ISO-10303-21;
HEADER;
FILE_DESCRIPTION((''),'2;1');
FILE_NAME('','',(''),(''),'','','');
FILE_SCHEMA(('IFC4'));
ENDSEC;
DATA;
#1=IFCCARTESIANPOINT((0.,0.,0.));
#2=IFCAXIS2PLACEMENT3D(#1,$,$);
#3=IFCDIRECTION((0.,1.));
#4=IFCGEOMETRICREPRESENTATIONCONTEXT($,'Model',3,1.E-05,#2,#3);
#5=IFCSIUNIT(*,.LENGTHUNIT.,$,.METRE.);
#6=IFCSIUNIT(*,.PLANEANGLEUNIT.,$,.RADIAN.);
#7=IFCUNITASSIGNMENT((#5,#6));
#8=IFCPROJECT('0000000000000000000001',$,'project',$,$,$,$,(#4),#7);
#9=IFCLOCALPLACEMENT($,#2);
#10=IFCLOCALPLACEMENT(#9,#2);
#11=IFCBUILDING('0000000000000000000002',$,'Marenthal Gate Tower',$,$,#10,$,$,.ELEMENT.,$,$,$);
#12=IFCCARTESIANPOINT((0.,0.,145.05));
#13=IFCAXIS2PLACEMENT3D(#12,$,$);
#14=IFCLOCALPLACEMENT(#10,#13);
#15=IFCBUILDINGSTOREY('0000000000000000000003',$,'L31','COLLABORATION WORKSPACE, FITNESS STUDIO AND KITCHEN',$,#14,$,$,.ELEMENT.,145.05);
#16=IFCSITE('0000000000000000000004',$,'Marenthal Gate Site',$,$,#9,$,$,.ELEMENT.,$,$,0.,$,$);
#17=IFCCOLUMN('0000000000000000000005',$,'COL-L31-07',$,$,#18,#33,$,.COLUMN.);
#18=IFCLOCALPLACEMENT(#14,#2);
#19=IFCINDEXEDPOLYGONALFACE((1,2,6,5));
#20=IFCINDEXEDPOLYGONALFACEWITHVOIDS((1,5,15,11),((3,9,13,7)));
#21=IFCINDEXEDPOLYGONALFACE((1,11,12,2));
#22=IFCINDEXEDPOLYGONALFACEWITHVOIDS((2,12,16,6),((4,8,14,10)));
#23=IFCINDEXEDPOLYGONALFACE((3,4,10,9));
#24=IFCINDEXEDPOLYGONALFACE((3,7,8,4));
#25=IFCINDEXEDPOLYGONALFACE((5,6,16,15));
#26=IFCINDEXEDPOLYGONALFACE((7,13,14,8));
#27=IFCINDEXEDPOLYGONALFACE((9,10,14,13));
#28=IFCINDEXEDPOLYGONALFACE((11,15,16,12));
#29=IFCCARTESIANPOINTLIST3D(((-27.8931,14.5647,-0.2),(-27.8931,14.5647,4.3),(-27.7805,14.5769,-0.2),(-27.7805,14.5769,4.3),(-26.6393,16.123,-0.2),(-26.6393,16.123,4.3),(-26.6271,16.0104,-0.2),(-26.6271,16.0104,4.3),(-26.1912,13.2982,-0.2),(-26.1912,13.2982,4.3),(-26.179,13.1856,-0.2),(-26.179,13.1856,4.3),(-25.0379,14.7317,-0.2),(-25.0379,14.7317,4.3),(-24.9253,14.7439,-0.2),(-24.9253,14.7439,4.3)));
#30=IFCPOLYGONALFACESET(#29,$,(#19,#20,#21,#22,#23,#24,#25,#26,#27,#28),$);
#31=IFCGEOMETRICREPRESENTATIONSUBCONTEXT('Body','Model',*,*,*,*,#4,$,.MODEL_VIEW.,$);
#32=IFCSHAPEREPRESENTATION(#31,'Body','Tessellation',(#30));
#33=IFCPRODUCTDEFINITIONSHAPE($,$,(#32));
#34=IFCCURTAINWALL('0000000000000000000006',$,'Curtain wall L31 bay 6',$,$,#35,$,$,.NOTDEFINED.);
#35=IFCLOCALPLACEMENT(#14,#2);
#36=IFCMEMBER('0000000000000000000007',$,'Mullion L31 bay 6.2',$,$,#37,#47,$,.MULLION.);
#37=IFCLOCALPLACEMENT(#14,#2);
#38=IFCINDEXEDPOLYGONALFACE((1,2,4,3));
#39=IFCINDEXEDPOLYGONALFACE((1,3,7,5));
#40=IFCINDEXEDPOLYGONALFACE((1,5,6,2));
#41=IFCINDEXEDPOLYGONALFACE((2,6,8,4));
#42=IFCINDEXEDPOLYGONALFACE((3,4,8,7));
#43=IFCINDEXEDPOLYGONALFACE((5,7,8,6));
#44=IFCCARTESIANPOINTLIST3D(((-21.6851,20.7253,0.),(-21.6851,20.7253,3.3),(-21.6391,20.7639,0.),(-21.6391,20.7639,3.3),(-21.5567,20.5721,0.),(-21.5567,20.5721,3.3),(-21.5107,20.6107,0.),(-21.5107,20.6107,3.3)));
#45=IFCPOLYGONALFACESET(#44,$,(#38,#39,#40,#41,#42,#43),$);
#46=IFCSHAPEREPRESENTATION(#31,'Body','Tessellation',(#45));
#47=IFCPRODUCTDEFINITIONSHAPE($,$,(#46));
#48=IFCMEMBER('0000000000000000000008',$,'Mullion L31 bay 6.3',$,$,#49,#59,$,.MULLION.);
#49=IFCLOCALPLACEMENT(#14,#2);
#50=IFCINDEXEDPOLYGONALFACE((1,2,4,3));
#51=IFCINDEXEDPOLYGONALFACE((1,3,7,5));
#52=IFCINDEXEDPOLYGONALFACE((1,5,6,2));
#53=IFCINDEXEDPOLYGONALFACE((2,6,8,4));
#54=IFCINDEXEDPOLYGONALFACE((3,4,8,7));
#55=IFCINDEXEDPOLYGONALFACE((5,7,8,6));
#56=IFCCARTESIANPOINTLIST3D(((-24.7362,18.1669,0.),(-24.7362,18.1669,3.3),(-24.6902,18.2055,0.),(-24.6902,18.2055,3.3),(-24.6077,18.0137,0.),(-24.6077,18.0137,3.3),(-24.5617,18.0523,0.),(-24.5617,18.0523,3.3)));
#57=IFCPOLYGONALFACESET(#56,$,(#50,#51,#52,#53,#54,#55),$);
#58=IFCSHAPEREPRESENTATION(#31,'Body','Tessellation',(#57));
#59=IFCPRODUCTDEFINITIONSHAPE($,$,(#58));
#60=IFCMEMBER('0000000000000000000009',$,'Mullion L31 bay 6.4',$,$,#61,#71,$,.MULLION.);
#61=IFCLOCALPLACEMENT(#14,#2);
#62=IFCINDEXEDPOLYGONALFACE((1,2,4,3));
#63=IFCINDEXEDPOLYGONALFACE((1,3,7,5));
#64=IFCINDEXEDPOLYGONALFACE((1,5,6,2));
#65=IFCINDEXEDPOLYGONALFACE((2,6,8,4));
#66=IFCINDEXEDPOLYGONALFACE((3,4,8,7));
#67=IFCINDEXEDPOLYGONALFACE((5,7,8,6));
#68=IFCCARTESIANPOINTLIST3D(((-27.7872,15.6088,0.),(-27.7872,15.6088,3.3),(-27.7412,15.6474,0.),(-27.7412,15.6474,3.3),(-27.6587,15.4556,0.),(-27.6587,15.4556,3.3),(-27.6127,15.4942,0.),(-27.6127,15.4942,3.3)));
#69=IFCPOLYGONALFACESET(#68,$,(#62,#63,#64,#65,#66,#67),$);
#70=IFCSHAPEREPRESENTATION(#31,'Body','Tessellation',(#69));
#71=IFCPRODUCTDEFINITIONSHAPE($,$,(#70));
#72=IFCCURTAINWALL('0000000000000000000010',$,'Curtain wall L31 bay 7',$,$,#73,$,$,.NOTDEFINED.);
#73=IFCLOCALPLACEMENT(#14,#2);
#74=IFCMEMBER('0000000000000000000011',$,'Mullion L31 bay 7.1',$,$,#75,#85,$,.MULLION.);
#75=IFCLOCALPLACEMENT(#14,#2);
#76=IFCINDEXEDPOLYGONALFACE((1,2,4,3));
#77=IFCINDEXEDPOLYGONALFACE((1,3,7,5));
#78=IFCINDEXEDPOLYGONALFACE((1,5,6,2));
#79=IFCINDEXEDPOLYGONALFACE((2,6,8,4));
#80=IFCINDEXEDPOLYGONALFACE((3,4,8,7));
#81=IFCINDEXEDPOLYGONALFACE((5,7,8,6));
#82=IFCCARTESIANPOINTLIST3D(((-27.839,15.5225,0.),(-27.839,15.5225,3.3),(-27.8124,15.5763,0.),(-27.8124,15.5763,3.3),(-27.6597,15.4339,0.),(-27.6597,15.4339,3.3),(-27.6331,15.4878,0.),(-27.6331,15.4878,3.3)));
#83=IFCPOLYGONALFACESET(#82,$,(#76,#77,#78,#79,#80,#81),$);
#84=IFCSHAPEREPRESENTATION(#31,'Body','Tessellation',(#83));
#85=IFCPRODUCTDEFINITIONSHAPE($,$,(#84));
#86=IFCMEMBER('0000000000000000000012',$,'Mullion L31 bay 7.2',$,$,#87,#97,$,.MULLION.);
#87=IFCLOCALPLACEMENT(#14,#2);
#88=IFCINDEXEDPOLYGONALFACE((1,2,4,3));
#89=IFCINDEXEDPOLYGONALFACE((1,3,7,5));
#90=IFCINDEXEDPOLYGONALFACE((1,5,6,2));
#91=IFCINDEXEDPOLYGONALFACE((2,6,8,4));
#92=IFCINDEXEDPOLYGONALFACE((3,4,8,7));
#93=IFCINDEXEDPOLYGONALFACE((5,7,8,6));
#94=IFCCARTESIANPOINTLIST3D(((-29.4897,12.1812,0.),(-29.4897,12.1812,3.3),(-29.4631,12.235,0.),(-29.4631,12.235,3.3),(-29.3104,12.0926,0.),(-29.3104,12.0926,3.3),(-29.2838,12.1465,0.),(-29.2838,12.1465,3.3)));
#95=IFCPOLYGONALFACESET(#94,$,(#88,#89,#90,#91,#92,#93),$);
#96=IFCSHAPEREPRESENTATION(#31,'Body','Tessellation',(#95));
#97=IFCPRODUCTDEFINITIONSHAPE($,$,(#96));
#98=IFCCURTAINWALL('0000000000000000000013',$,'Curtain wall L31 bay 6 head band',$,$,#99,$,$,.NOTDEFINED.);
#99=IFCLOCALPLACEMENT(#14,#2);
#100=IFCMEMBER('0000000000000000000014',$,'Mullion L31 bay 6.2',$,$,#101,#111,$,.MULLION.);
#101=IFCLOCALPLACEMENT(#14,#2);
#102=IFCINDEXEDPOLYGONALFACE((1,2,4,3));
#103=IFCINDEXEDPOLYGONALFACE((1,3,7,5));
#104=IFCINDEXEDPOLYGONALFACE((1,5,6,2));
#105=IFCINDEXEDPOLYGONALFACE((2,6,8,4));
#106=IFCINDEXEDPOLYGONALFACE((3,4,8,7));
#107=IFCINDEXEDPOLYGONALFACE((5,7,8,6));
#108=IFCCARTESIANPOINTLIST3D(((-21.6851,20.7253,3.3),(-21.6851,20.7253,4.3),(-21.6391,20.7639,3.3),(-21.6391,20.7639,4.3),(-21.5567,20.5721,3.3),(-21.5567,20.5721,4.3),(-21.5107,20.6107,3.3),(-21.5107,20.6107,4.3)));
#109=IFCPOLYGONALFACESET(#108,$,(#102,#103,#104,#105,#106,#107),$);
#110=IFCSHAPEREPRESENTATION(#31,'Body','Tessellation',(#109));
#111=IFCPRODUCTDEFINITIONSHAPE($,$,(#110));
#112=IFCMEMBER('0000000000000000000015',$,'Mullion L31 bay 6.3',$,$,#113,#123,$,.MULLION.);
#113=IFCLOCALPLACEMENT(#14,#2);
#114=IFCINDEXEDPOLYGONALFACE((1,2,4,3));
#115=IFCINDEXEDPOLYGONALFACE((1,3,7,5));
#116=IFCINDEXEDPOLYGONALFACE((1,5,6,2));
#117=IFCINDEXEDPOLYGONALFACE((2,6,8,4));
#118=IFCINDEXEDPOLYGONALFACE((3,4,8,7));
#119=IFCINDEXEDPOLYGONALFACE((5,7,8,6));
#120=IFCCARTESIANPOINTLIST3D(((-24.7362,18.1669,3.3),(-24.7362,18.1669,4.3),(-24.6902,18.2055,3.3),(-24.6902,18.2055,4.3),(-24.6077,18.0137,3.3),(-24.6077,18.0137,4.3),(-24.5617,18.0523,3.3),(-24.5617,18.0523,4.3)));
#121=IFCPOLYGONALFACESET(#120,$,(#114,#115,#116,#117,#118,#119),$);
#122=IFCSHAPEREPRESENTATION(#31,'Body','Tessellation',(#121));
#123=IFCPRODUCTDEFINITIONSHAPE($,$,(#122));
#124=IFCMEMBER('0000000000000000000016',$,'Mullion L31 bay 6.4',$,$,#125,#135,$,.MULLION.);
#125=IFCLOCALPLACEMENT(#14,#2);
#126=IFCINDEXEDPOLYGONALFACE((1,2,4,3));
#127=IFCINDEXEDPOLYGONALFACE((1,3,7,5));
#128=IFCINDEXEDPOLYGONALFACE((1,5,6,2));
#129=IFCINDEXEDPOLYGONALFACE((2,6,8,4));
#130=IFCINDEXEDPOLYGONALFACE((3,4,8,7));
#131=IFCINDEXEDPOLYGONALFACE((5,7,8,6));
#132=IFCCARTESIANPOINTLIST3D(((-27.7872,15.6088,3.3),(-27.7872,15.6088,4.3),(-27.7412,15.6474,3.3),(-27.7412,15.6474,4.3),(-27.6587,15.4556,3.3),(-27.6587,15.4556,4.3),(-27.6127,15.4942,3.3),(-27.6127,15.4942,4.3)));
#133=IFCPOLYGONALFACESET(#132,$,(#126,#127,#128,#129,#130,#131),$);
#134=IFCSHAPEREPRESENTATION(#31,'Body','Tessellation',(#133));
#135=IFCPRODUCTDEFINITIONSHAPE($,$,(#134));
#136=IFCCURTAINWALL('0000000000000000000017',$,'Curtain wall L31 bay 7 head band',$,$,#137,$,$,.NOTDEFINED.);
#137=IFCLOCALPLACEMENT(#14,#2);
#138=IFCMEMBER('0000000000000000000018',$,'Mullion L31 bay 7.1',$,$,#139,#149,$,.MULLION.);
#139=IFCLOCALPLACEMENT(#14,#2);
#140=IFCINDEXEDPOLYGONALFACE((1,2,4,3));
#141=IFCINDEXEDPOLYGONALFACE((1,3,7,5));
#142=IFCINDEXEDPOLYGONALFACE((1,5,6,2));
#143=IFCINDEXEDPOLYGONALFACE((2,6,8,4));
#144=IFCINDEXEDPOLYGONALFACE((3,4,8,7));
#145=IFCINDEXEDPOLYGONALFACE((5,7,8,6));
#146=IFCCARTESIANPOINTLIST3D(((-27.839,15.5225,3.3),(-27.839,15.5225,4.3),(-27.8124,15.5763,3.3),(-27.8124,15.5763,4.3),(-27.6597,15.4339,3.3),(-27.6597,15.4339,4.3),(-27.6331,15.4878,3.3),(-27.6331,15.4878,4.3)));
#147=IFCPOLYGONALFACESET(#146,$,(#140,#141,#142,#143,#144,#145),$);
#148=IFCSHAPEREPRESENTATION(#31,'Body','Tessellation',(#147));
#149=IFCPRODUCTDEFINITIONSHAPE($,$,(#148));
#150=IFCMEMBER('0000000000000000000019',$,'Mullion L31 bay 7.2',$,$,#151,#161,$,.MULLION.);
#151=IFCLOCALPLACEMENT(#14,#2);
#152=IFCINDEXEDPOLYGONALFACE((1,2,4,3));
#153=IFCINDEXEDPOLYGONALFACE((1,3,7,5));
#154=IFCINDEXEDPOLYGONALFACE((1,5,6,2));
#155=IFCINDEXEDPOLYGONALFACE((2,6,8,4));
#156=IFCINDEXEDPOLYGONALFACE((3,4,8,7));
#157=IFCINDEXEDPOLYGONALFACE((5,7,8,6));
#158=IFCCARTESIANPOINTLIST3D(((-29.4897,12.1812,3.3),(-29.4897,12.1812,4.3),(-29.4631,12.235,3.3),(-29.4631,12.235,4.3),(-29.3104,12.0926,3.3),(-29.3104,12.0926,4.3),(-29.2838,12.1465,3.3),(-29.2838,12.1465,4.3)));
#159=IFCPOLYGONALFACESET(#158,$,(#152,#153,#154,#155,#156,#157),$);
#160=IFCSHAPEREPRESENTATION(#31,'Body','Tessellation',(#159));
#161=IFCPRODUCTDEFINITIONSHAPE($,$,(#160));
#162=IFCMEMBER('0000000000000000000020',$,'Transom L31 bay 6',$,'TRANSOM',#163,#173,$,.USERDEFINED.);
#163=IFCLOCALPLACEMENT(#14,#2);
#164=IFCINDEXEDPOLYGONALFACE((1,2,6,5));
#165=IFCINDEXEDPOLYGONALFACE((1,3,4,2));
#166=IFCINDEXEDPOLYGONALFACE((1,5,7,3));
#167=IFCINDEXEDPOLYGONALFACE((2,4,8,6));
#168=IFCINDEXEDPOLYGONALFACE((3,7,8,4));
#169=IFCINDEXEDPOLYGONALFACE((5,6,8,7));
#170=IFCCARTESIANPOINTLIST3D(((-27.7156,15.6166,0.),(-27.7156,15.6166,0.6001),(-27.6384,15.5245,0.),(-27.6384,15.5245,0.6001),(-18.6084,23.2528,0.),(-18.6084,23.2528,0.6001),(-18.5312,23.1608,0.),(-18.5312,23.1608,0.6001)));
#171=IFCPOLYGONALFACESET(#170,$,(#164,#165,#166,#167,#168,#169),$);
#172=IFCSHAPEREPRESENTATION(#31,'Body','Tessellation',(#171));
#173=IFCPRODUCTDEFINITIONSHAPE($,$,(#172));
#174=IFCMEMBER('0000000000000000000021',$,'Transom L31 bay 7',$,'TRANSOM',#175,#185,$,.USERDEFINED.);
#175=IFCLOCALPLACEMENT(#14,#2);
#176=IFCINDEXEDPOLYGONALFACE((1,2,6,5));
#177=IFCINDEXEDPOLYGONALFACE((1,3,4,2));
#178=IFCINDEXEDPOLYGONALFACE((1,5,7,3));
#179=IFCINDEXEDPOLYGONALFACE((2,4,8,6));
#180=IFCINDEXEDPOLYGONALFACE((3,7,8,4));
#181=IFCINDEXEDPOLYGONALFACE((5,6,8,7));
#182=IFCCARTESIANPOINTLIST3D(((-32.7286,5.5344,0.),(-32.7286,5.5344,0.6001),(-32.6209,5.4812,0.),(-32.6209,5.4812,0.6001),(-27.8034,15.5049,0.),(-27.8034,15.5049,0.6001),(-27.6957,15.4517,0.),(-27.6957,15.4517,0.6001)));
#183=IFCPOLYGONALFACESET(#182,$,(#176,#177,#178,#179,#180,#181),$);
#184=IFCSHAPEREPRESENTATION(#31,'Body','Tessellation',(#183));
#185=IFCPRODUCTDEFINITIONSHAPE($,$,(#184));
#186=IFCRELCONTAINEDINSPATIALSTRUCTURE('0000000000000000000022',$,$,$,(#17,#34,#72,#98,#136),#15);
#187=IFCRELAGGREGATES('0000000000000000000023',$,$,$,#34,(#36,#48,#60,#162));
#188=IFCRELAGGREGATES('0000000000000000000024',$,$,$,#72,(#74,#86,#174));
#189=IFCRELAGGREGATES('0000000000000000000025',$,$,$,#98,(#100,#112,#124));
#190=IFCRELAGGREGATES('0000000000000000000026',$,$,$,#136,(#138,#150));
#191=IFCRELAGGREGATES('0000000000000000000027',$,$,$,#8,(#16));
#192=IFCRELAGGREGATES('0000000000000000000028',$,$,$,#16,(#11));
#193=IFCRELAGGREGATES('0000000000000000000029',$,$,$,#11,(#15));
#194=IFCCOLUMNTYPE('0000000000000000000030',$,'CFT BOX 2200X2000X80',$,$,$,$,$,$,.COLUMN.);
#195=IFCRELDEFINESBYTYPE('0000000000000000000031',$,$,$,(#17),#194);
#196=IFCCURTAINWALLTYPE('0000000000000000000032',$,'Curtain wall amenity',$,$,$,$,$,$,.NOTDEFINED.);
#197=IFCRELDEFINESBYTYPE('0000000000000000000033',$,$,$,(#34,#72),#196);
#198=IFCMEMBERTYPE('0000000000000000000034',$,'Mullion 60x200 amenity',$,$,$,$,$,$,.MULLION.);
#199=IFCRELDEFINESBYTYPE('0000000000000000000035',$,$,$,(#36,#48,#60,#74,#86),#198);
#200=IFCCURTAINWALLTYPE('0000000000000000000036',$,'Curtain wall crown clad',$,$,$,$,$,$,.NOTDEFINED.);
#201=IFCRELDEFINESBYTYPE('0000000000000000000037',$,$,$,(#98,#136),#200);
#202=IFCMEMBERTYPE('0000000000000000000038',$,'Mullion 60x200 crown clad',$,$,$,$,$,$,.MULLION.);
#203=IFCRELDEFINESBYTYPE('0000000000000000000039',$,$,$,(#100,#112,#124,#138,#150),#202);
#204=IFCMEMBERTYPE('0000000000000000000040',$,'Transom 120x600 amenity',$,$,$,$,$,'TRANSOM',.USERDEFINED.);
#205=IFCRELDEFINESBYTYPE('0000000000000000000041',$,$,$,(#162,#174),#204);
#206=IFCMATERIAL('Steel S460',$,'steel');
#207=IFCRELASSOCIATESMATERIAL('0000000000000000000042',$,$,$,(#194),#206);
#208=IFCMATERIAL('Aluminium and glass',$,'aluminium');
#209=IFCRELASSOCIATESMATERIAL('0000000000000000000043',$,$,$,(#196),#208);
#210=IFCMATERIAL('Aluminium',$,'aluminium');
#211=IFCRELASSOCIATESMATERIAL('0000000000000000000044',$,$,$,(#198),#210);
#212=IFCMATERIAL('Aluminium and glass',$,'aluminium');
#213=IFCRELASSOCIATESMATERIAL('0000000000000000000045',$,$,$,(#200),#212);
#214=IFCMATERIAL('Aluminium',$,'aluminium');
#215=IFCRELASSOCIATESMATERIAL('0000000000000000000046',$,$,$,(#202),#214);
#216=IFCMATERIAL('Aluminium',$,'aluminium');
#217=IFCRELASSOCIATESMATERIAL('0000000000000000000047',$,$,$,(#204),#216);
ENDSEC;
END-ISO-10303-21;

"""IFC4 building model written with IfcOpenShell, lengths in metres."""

from ifc_helpers import new_model, si_unit, direction, frame, origin, origin_2d, place, context, subcontext, project, spatial, rectangle, hollow_rectangle, extrude, material, material_profile, profile_set, type_object, element, aggregate, save


model = new_model("IFC4")

# Units and contexts
model_context = context("Model", 3, precision=1e-05, world=origin(), true_north=direction((0.0, 1.0)))
body_context = subcontext(model_context, "Body", "Model", "MODEL_VIEW")
ifc_project = project(units=[si_unit("LENGTHUNIT", "METRE"), si_unit("PLANEANGLEUNIT", "RADIAN")], contexts=[model_context])

# Site, building, storey
site_placement = place(None, origin())
site = spatial("IfcSite", under=ifc_project, at=site_placement, Name="Marenthal Gate Site", CompositionType="ELEMENT", RefElevation=0.0)
building_placement = place(site_placement, origin())
building = spatial("IfcBuilding", under=site, at=building_placement, Name="Marenthal Gate Tower", CompositionType="ELEMENT")
storey_placement = place(building_placement, frame((0.0, 0.0, 145.05)))
storey = spatial("IfcBuildingStorey", under=building, at=storey_placement, Name="L31", Description="COLLABORATION WORKSPACE, FITNESS STUDIO AND KITCHEN", CompositionType="ELEMENT", Elevation=145.05)

# Column
ifc_material_1 = material(Name="Steel S460", Category="steel")
ifc_material_profile_1 = material_profile(ifc_material_1, hollow_rectangle(XDim=2.0, YDim=2.2, WallThickness=0.0801, at=origin_2d()), Name="CFT BOX 2200X2000X80")
ifc_material_2 = material(Name="Concrete 70 MPa", Category="concrete")
ifc_material_profile_2 = material_profile(ifc_material_2, rectangle(XDim=1.8401, YDim=2.04, at=origin_2d()), Name="CFT BOX 2200X2000X80 INFILL")
ifc_profile_set_1 = profile_set([ifc_material_profile_1, ifc_material_profile_2], Name="Steel S460 shell, Concrete 70 MPa infill")
column_type = type_object("IfcColumnType", Name="CFT BOX 2200X2000X80", PredefinedType="COLUMN", material=ifc_profile_set_1)
column_placement = place(storey_placement, frame((-26.4092, 14.6543, -0.2), z_axis=(0.0, 0.0, 1.0), x_axis=(0.626873, 0.779121, 0.0)))
element("IfcColumn", 1, at=column_placement, inside=storey, type_object=column_type, Name="COL-L31-07", PredefinedType="COLUMN", context=body_context, shape_type="SweptSolid", body=[
    extrude(hollow_rectangle(XDim=2.0, YDim=2.2, WallThickness=0.0801, at=origin_2d()), origin(), (0.0, 0.0, 1.0), 4.5),
])

# Curtain walls, members
ifc_material_3 = material(Name="Aluminium and glass", Category="aluminium")
curtain_wall_type_1 = type_object("IfcCurtainWallType", Name="Curtain wall amenity", PredefinedType="NOTDEFINED", material=ifc_material_3)
curtain_wall_1_placement = place(storey_placement, origin())
curtain_wall_1 = element("IfcCurtainWall", 2, at=curtain_wall_1_placement, inside=storey, type_object=curtain_wall_type_1, Name="Curtain wall L31 bay 6", PredefinedType="NOTDEFINED")
ifc_material_4 = material(Name="Aluminium", Category="aluminium")
ifc_material_profile_3 = material_profile(ifc_material_4, rectangle(XDim=0.2, YDim=0.0601, at=origin_2d()), Name="60x200 aluminium mullion")
ifc_profile_set_2 = profile_set([ifc_material_profile_3], Name="Aluminium")
member_type_1 = type_object("IfcMemberType", Name="Mullion 60x200 amenity", PredefinedType="MULLION", material=ifc_profile_set_2)
member_1_placement = place(storey_placement, frame((-21.5979, 20.668, 0.0), z_axis=(0.0, 0.0, 1.0), x_axis=(0.642511, -0.766277, 0.0)))
member_1 = element("IfcMember", 3, at=member_1_placement, type_object=member_type_1, Name="Mullion L31 bay 6.2", PredefinedType="MULLION", context=body_context, shape_type="SweptSolid", body=[
    extrude(rectangle(XDim=0.2, YDim=0.0601, at=origin_2d()), origin(), (0.0, 0.0, 1.0), 3.3),
])
member_2_placement = place(storey_placement, frame((-24.6489, 18.1096, 0.0), z_axis=(0.0, 0.0, 1.0), x_axis=(0.642511, -0.766277, 0.0)))
member_2 = element("IfcMember", 4, at=member_2_placement, type_object=member_type_1, Name="Mullion L31 bay 6.3", PredefinedType="MULLION", context=body_context, shape_type="SweptSolid", body=[
    extrude(rectangle(XDim=0.2, YDim=0.0601, at=origin_2d()), origin(), (0.0, 0.0, 1.0), 3.3),
])
member_3_placement = place(storey_placement, frame((-27.7, 15.5515, 0.0), z_axis=(0.0, 0.0, 1.0), x_axis=(0.642511, -0.766277, 0.0)))
member_3 = element("IfcMember", 5, at=member_3_placement, type_object=member_type_1, Name="Mullion L31 bay 6.4", PredefinedType="MULLION", context=body_context, shape_type="SweptSolid", body=[
    extrude(rectangle(XDim=0.2, YDim=0.0601, at=origin_2d()), origin(), (0.0, 0.0, 1.0), 3.3),
])
curtain_wall_2_placement = place(storey_placement, origin())
curtain_wall_2 = element("IfcCurtainWall", 6, at=curtain_wall_2_placement, inside=storey, type_object=curtain_wall_type_1, Name="Curtain wall L31 bay 7", PredefinedType="NOTDEFINED")
member_4_placement = place(storey_placement, frame((-27.7361, 15.5051, 0.0), z_axis=(0.0, 0.0, 1.0), x_axis=(0.896573, -0.442895, 0.0)))
member_4 = element("IfcMember", 7, at=member_4_placement, type_object=member_type_1, Name="Mullion L31 bay 7.1", PredefinedType="MULLION", context=body_context, shape_type="SweptSolid", body=[
    extrude(rectangle(XDim=0.2, YDim=0.0601, at=origin_2d()), origin(), (0.0, 0.0, 1.0), 3.3),
])
member_5_placement = place(storey_placement, frame((-29.3867, 12.1638, 0.0), z_axis=(0.0, 0.0, 1.0), x_axis=(0.896573, -0.442895, 0.0)))
member_5 = element("IfcMember", 8, at=member_5_placement, type_object=member_type_1, Name="Mullion L31 bay 7.2", PredefinedType="MULLION", context=body_context, shape_type="SweptSolid", body=[
    extrude(rectangle(XDim=0.2, YDim=0.0601, at=origin_2d()), origin(), (0.0, 0.0, 1.0), 3.3),
])
ifc_material_5 = material(Name="Aluminium and glass", Category="aluminium")
curtain_wall_type_2 = type_object("IfcCurtainWallType", Name="Curtain wall crown clad", PredefinedType="NOTDEFINED", material=ifc_material_5)
curtain_wall_3_placement = place(storey_placement, origin())
curtain_wall_3 = element("IfcCurtainWall", 9, at=curtain_wall_3_placement, inside=storey, type_object=curtain_wall_type_2, Name="Curtain wall L31 bay 6 head band", PredefinedType="NOTDEFINED")
ifc_material_6 = material(Name="Aluminium", Category="aluminium")
ifc_material_profile_4 = material_profile(ifc_material_6, rectangle(XDim=0.2, YDim=0.0601, at=origin_2d()), Name="60x200 aluminium mullion")
ifc_profile_set_3 = profile_set([ifc_material_profile_4], Name="Aluminium")
member_type_2 = type_object("IfcMemberType", Name="Mullion 60x200 crown clad", PredefinedType="MULLION", material=ifc_profile_set_3)
member_6_placement = place(storey_placement, frame((-21.5979, 20.668, 3.3), z_axis=(0.0, 0.0, 1.0), x_axis=(0.642511, -0.766277, 0.0)))
member_6 = element("IfcMember", 10, at=member_6_placement, type_object=member_type_2, Name="Mullion L31 bay 6.2", PredefinedType="MULLION", context=body_context, shape_type="SweptSolid", body=[
    extrude(rectangle(XDim=0.2, YDim=0.0601, at=origin_2d()), origin(), (0.0, 0.0, 1.0), 1.0),
])
member_7_placement = place(storey_placement, frame((-24.6489, 18.1096, 3.3), z_axis=(0.0, 0.0, 1.0), x_axis=(0.642511, -0.766277, 0.0)))
member_7 = element("IfcMember", 11, at=member_7_placement, type_object=member_type_2, Name="Mullion L31 bay 6.3", PredefinedType="MULLION", context=body_context, shape_type="SweptSolid", body=[
    extrude(rectangle(XDim=0.2, YDim=0.0601, at=origin_2d()), origin(), (0.0, 0.0, 1.0), 1.0),
])
member_8_placement = place(storey_placement, frame((-27.7, 15.5515, 3.3), z_axis=(0.0, 0.0, 1.0), x_axis=(0.642511, -0.766277, 0.0)))
member_8 = element("IfcMember", 12, at=member_8_placement, type_object=member_type_2, Name="Mullion L31 bay 6.4", PredefinedType="MULLION", context=body_context, shape_type="SweptSolid", body=[
    extrude(rectangle(XDim=0.2, YDim=0.0601, at=origin_2d()), origin(), (0.0, 0.0, 1.0), 1.0),
])
curtain_wall_4_placement = place(storey_placement, origin())
curtain_wall_4 = element("IfcCurtainWall", 13, at=curtain_wall_4_placement, inside=storey, type_object=curtain_wall_type_2, Name="Curtain wall L31 bay 7 head band", PredefinedType="NOTDEFINED")
member_9_placement = place(storey_placement, frame((-27.7361, 15.5051, 3.3), z_axis=(0.0, 0.0, 1.0), x_axis=(0.896573, -0.442895, 0.0)))
member_9 = element("IfcMember", 14, at=member_9_placement, type_object=member_type_2, Name="Mullion L31 bay 7.1", PredefinedType="MULLION", context=body_context, shape_type="SweptSolid", body=[
    extrude(rectangle(XDim=0.2, YDim=0.0601, at=origin_2d()), origin(), (0.0, 0.0, 1.0), 1.0),
])
member_10_placement = place(storey_placement, frame((-29.3867, 12.1638, 3.3), z_axis=(0.0, 0.0, 1.0), x_axis=(0.896573, -0.442895, 0.0)))
member_10 = element("IfcMember", 15, at=member_10_placement, type_object=member_type_2, Name="Mullion L31 bay 7.2", PredefinedType="MULLION", context=body_context, shape_type="SweptSolid", body=[
    extrude(rectangle(XDim=0.2, YDim=0.0601, at=origin_2d()), origin(), (0.0, 0.0, 1.0), 1.0),
])

# Members
ifc_material_7 = material(Name="Aluminium", Category="aluminium")
ifc_material_profile_5 = material_profile(ifc_material_7, rectangle(XDim=0.1201, YDim=0.6001, at=origin_2d()), Name="120x600 aluminium transom")
ifc_profile_set_4 = profile_set([ifc_material_profile_5], Name="Aluminium")
member_type_3 = type_object("IfcMemberType", Name="Transom 120x600 amenity", ElementType="TRANSOM", PredefinedType="USERDEFINED", material=ifc_profile_set_4)
member_11_placement = place(storey_placement, frame((-18.5698, 23.2068, 0.3), z_axis=(-0.766276, -0.642511, 0.0), x_axis=(0.642511, -0.766276, 0.0)))
member_11 = element("IfcMember", 16, at=member_11_placement, type_object=member_type_3, Name="Transom L31 bay 6", ObjectType="TRANSOM", PredefinedType="USERDEFINED", context=body_context, shape_type="SweptSolid", body=[
    extrude(rectangle(XDim=0.1201, YDim=0.6001, at=origin_2d()), origin(), (0.0, 0.0, 1.0), 11.885),
])
member_12_placement = place(storey_placement, frame((-27.7495, 15.4783, 0.3), z_axis=(-0.442897, -0.896573, 0.0), x_axis=(0.896573, -0.442897, 0.0)))
member_12 = element("IfcMember", 17, at=member_12_placement, type_object=member_type_3, Name="Transom L31 bay 7", ObjectType="TRANSOM", PredefinedType="USERDEFINED", context=body_context, shape_type="SweptSolid", body=[
    extrude(rectangle(XDim=0.1201, YDim=0.6001, at=origin_2d()), origin(), (0.0, 0.0, 1.0), 11.1206),
])

aggregate(curtain_wall_1, [member_1, member_2, member_3, member_11])
aggregate(curtain_wall_2, [member_4, member_5, member_12])
aggregate(curtain_wall_3, [member_6, member_7, member_8])
aggregate(curtain_wall_4, [member_9, member_10])

save(model, "model.ifc")
